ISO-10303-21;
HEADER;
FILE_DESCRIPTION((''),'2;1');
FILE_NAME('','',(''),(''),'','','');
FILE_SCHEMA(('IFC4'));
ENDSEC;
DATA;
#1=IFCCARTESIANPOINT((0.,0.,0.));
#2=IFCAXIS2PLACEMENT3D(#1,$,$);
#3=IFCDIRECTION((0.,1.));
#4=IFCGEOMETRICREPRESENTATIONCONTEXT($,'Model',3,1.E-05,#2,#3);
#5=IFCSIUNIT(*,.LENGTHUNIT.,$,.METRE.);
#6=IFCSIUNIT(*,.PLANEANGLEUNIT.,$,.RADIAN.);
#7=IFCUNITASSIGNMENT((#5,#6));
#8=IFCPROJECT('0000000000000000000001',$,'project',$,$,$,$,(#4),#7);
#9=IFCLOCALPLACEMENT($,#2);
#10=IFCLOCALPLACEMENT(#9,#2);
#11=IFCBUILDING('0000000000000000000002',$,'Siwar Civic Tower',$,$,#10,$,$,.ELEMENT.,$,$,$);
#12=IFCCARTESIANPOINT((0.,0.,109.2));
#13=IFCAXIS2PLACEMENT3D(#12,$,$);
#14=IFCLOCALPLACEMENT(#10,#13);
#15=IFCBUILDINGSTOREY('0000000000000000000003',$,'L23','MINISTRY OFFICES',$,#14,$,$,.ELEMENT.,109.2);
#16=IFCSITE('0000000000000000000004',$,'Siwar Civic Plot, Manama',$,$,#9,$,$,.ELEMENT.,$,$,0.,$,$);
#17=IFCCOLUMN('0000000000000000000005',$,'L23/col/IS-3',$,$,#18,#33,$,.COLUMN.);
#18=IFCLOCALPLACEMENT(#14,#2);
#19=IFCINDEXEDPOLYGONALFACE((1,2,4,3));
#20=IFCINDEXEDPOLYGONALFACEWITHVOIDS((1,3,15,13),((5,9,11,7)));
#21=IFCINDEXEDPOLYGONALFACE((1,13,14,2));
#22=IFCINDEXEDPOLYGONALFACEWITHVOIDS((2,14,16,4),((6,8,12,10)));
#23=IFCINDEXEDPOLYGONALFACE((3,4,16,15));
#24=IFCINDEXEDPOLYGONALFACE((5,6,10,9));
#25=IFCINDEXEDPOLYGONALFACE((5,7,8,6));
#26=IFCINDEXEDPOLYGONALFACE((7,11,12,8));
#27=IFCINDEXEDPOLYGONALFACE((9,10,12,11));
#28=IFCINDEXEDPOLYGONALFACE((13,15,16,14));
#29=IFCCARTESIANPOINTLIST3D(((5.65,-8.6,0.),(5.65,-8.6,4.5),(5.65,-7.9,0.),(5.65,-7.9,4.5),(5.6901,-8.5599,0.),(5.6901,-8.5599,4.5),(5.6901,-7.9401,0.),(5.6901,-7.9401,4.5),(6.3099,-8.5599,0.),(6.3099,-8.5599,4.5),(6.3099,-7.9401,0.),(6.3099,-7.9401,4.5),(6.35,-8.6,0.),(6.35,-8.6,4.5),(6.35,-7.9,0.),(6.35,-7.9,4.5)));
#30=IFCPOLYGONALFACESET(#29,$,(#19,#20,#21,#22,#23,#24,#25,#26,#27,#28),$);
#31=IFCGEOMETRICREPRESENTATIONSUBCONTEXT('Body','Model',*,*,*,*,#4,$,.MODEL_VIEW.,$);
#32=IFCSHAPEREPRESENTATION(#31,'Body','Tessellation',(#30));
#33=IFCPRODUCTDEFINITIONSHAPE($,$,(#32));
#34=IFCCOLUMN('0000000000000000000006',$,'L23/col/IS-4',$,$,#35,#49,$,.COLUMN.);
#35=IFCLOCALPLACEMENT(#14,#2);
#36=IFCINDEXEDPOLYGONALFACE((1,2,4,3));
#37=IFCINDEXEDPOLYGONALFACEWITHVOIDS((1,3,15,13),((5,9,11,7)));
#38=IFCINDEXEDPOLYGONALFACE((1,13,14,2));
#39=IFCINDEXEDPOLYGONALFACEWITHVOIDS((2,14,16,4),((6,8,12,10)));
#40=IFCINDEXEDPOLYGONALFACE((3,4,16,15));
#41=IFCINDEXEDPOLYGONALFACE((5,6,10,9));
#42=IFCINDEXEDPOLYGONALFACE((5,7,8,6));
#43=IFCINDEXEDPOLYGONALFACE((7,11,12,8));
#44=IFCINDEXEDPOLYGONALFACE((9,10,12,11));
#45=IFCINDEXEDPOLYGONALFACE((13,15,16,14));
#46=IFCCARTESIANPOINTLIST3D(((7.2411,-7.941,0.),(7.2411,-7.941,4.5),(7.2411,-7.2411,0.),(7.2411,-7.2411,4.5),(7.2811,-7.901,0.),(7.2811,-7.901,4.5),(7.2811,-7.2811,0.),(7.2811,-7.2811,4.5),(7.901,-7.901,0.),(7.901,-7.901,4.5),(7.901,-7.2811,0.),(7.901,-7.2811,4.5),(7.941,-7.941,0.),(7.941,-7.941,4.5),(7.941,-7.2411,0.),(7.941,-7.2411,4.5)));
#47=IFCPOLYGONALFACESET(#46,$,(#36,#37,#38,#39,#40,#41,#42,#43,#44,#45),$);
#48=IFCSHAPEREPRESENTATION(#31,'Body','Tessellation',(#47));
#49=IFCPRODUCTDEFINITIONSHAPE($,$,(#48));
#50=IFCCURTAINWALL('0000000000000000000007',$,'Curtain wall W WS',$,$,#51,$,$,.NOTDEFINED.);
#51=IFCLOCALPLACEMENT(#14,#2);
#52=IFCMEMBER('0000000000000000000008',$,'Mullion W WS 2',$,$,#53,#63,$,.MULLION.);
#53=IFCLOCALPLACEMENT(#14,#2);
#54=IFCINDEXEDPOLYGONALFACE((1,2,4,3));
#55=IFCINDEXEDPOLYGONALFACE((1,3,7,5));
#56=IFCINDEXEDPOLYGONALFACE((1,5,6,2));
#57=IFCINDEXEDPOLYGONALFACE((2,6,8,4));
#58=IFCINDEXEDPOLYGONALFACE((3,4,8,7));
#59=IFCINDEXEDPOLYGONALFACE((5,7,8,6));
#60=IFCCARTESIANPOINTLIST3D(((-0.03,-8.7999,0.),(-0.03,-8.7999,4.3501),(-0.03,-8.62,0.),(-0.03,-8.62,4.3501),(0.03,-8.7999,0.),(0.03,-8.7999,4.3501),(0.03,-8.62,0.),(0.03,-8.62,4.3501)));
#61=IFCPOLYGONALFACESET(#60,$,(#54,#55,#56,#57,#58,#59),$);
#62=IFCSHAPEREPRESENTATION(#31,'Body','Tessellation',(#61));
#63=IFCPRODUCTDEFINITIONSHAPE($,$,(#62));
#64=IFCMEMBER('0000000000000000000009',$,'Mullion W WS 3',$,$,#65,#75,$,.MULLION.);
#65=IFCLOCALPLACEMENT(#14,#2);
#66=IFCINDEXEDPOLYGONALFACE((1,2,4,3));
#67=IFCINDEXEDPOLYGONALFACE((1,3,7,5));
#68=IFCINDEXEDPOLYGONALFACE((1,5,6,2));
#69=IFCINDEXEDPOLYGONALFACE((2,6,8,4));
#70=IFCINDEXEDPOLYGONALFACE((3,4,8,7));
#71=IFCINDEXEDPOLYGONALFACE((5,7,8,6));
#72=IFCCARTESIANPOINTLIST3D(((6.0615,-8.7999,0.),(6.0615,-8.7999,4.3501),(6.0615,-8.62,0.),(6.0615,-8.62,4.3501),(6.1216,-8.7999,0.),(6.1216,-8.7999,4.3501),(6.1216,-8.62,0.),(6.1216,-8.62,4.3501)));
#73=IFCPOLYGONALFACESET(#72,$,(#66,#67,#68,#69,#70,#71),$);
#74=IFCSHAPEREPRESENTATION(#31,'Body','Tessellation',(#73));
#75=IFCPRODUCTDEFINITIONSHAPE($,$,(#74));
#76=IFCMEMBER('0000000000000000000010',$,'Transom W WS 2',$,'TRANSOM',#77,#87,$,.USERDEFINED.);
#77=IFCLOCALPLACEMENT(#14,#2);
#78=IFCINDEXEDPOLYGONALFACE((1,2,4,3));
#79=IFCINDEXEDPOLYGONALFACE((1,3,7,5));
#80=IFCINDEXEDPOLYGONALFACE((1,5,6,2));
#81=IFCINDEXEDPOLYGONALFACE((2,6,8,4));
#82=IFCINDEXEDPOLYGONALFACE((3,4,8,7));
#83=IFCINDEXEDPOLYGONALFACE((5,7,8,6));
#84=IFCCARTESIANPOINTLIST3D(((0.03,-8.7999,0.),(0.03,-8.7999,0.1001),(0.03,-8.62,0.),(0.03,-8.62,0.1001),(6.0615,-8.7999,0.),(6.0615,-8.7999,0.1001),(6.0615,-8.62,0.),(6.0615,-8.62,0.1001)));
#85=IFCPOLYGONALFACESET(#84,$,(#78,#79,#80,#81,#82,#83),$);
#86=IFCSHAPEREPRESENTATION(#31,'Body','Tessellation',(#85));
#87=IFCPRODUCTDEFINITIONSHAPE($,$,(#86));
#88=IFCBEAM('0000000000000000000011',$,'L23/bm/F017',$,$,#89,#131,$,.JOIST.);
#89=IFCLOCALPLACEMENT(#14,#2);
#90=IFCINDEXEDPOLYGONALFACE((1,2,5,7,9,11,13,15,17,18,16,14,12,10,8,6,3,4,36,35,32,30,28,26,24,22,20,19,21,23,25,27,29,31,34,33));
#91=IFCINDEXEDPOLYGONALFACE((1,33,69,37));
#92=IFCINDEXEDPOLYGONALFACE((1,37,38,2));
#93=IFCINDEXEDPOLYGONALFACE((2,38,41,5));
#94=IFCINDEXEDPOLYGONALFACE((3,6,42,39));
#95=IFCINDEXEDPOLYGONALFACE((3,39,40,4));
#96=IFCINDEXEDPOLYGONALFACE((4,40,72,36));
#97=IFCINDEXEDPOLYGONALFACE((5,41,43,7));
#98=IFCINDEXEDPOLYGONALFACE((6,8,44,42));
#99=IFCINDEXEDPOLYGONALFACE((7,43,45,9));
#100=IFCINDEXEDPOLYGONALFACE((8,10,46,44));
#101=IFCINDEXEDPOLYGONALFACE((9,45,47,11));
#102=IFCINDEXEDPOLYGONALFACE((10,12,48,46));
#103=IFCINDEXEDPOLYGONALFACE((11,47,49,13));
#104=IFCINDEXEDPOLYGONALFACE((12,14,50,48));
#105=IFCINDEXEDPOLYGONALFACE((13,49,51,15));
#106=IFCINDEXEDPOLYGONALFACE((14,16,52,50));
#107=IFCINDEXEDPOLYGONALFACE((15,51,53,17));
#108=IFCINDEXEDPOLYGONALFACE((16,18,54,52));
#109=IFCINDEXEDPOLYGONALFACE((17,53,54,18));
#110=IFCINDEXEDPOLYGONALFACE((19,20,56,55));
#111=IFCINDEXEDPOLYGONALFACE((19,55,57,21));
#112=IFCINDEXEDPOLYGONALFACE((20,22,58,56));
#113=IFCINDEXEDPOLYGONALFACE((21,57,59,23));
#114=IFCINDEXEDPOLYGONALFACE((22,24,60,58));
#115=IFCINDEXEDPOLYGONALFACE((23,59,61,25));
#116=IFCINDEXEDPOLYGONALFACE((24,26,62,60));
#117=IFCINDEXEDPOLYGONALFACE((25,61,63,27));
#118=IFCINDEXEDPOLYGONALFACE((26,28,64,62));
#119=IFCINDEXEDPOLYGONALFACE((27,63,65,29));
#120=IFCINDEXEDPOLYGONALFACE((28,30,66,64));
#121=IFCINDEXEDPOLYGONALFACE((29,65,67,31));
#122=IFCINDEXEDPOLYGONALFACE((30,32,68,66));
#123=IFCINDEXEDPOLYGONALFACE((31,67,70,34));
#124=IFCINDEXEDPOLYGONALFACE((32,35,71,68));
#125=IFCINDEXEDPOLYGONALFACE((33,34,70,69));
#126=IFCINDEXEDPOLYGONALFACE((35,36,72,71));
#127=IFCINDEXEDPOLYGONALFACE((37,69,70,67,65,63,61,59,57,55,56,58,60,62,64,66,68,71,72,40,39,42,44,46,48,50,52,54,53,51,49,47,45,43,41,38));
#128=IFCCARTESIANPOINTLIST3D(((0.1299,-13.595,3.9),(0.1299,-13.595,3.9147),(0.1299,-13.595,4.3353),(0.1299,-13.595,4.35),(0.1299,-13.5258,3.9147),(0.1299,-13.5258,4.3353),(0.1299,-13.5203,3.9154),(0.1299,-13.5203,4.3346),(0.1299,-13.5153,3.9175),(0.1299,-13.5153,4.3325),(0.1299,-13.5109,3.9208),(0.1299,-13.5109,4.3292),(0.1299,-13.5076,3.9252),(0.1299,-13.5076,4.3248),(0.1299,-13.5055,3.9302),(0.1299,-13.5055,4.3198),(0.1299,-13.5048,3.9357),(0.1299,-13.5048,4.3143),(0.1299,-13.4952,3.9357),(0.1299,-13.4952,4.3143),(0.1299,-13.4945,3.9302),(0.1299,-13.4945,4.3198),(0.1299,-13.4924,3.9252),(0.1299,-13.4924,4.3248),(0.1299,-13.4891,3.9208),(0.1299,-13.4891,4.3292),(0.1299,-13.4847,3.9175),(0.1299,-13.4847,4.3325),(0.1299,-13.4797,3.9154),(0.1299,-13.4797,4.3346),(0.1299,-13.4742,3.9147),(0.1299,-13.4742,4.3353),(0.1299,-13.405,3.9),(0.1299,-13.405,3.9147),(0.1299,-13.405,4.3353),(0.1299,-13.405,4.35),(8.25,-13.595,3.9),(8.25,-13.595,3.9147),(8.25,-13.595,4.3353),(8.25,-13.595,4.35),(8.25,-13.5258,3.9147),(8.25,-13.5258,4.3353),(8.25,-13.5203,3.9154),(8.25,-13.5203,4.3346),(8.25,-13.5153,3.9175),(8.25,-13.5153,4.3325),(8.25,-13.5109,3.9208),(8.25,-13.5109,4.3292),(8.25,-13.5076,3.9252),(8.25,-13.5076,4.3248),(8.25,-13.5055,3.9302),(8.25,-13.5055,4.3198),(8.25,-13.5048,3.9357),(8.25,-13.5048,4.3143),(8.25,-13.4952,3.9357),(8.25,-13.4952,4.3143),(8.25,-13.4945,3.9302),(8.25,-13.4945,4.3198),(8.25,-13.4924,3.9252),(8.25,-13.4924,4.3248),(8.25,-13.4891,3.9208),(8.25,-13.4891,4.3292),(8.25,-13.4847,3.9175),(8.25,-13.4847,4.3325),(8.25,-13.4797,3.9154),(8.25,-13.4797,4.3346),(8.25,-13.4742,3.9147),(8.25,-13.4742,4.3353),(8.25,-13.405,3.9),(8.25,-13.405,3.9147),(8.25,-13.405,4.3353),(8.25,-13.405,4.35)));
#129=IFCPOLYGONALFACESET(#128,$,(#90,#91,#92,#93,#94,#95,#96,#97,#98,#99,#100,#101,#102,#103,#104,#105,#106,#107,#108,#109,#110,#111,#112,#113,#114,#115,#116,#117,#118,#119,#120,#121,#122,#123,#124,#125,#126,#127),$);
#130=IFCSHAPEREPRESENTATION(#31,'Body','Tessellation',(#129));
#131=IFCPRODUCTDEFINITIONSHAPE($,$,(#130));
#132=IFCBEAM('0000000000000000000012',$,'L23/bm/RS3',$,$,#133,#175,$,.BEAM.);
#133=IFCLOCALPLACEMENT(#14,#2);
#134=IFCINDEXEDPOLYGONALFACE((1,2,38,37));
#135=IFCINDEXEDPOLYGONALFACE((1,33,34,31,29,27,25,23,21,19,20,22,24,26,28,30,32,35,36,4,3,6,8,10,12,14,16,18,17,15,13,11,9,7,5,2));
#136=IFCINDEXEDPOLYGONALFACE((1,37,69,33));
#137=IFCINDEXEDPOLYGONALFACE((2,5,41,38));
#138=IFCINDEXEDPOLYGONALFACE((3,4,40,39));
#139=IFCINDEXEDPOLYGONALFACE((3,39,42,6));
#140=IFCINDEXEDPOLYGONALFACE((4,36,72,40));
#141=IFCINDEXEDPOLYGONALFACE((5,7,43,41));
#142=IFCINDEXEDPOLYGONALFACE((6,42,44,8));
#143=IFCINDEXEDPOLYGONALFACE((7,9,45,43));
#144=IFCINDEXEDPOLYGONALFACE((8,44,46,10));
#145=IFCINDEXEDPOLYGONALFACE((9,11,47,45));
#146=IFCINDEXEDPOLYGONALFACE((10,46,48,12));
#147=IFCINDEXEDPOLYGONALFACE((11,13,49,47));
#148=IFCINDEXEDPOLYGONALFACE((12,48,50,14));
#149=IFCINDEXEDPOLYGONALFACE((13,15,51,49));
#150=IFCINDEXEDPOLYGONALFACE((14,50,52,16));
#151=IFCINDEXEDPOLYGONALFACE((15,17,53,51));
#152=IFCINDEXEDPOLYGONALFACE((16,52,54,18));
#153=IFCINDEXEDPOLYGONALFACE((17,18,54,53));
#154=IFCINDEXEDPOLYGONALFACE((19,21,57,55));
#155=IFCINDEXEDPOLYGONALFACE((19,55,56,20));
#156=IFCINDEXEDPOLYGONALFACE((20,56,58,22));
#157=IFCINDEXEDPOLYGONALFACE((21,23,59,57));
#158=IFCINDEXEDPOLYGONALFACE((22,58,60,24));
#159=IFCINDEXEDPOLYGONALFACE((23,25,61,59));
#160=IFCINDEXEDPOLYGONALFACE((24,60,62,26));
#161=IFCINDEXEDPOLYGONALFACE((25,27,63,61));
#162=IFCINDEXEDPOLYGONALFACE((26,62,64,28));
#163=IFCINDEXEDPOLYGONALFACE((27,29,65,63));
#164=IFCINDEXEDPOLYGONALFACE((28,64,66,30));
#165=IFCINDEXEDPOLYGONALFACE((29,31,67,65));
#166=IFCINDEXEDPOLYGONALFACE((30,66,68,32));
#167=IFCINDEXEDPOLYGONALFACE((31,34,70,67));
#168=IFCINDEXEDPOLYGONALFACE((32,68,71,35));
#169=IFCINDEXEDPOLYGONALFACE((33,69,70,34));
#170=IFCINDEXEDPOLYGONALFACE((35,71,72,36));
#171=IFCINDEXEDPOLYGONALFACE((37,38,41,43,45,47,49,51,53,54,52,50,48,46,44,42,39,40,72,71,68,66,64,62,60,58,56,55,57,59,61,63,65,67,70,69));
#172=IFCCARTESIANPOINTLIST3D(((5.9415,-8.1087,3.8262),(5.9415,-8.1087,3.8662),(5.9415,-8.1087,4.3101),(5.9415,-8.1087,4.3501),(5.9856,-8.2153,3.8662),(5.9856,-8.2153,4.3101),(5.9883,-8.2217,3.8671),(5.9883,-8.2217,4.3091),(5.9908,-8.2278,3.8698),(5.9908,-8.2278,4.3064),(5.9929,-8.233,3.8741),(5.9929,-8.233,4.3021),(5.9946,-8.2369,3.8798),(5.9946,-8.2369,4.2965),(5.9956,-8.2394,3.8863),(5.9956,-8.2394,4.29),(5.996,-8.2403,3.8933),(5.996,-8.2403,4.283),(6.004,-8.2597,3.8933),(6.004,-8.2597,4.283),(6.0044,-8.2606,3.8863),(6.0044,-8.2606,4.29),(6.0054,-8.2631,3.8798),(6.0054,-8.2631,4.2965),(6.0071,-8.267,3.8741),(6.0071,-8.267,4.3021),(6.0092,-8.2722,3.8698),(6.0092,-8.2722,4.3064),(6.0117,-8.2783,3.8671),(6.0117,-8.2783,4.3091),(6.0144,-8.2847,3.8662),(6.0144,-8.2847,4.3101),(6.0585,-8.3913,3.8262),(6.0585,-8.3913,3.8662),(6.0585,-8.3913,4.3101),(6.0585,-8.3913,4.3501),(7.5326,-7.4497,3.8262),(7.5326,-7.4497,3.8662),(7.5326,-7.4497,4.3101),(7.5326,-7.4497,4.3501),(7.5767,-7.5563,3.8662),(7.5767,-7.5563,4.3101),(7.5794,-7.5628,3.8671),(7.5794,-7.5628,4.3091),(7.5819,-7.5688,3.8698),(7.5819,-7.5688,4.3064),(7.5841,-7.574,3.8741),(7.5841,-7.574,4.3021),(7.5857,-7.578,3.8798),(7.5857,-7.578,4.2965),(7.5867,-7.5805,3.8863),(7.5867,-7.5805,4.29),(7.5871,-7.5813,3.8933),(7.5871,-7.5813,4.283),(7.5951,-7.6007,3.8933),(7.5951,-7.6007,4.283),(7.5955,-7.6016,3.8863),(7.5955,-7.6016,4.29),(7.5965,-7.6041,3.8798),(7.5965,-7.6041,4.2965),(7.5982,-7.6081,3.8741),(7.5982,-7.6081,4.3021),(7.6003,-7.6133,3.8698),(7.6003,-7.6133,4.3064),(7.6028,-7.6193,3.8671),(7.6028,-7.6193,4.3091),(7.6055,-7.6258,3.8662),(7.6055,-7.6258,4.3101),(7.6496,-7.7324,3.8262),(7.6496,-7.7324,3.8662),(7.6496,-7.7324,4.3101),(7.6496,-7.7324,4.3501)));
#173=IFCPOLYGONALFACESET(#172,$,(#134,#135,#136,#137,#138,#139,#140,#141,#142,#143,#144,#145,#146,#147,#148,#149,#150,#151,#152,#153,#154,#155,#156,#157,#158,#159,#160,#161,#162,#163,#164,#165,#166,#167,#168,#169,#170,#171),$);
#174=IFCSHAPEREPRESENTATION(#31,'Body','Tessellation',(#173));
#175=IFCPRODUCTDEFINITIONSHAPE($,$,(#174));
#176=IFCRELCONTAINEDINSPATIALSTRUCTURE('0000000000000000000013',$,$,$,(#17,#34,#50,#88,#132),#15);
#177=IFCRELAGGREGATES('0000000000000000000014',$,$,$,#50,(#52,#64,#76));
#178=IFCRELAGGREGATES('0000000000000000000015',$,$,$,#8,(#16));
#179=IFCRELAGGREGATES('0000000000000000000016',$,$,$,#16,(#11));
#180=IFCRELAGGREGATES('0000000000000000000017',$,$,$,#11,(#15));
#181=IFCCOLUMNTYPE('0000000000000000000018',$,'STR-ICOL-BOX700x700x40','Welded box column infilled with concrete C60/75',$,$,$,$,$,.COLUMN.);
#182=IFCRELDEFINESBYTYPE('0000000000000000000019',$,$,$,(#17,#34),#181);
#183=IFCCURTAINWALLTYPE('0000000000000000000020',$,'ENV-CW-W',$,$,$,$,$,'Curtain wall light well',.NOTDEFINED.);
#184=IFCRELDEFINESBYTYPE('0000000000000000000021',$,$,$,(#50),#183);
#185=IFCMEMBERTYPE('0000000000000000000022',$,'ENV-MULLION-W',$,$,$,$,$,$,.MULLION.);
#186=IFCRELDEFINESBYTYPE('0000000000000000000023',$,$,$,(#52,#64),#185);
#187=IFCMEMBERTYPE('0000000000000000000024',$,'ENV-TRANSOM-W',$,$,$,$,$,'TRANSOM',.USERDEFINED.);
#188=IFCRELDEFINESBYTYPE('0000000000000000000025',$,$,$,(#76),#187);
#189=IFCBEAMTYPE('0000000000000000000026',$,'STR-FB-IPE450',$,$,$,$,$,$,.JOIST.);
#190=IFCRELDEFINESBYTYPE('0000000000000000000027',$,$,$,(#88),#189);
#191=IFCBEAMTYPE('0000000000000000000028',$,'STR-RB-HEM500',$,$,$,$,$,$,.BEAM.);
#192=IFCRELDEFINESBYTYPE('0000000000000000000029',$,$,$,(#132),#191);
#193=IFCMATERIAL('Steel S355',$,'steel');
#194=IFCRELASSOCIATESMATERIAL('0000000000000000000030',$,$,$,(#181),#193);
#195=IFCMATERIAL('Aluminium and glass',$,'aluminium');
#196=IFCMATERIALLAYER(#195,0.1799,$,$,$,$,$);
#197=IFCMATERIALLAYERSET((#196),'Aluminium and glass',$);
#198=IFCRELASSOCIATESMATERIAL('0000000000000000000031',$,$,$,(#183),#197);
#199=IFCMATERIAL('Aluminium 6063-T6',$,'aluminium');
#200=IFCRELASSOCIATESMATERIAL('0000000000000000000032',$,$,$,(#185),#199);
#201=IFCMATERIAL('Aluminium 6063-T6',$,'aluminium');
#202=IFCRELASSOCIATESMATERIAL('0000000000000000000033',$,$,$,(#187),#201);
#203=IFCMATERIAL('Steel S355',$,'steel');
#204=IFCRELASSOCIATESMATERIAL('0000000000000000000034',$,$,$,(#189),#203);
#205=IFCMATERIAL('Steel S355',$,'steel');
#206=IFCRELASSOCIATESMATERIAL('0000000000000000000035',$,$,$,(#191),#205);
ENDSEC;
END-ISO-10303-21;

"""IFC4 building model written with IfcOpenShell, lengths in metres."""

from ifc_helpers import new_model, si_unit, direction, frame, origin, origin_2d, place, context, subcontext, project, spatial, rectangle, hollow_rectangle, i_section, extrude, material, layer, layer_set, material_profile, profile_set, type_object, element, aggregate, save


model = new_model("IFC4")

# Units and contexts
model_context = context("Model", 3, precision=1e-05, world=origin(), true_north=direction((0.0, 1.0)))
body_context = subcontext(model_context, "Body", "Model", "MODEL_VIEW")
ifc_project = project(units=[si_unit("LENGTHUNIT", "METRE"), si_unit("PLANEANGLEUNIT", "RADIAN")], contexts=[model_context])

# Site, building, storey
site_placement = place(None, origin())
site = spatial("IfcSite", under=ifc_project, at=site_placement, Name="Siwar Civic Plot, Manama", CompositionType="ELEMENT", RefElevation=0.0)
building_placement = place(site_placement, origin())
building = spatial("IfcBuilding", under=site, at=building_placement, Name="Siwar Civic Tower", CompositionType="ELEMENT")
storey_placement = place(building_placement, frame((0.0, 0.0, 109.2)))
storey = spatial("IfcBuildingStorey", under=building, at=storey_placement, Name="L23", Description="MINISTRY OFFICES", CompositionType="ELEMENT", Elevation=109.2)

# Columns
ifc_material_1 = material(Name="Steel S355", Category="steel")
ifc_material_profile_1 = material_profile(ifc_material_1, hollow_rectangle(XDim=0.7, YDim=0.7, WallThickness=0.04, at=origin_2d()), Name="BOX700x700x40")
ifc_profile_set_1 = profile_set([ifc_material_profile_1], Name="Steel S355")
column_type = type_object("IfcColumnType", Name="STR-ICOL-BOX700x700x40", Description="Welded box column infilled with concrete C60/75", PredefinedType="COLUMN", material=ifc_profile_set_1)
for number, where, z_axis, x_axis, name in (
    (1, (6.0, -8.25, 0.0), (0.0, 0.0, 1.0), (1.0, 0.0, 0.0), "L23/col/IS-3"),
    (2, (7.5911, -7.5911, 0.0), (0.0, 0.0, 1.0), (1.0, 0.0, 0.0), "L23/col/IS-4"),
):
    element("IfcColumn", number, at=place(storey_placement, frame(where, z_axis=z_axis, x_axis=x_axis)), inside=storey, type_object=column_type, Name=name, PredefinedType="COLUMN", context=body_context, shape_type="SweptSolid", body=[
        extrude(hollow_rectangle(XDim=0.7, YDim=0.7, WallThickness=0.04, at=origin_2d()), origin(), (0.0, 0.0, 1.0), 4.5),
    ])

# Curtain wall, members
ifc_material_2 = material(Name="Aluminium and glass", Category="aluminium")
ifc_layer_1 = layer(ifc_material_2, 0.1799)
ifc_layer_set_1 = layer_set([ifc_layer_1], Name="Aluminium and glass")
curtain_wall_type = type_object("IfcCurtainWallType", Name="ENV-CW-W", ElementType="Curtain wall light well", PredefinedType="NOTDEFINED", material=ifc_layer_set_1)
curtain_wall_placement = place(storey_placement, origin())
curtain_wall = element("IfcCurtainWall", 3, at=curtain_wall_placement, inside=storey, type_object=curtain_wall_type, Name="Curtain wall W WS", PredefinedType="NOTDEFINED")
ifc_material_3 = material(Name="Aluminium 6063-T6", Category="aluminium")
ifc_material_profile_2 = material_profile(ifc_material_3, rectangle(XDim=0.1799, YDim=0.0601, at=origin_2d()), Name="AL 180x60")
ifc_profile_set_2 = profile_set([ifc_material_profile_2], Name="Aluminium 6063-T6")
member_type_1 = type_object("IfcMemberType", Name="ENV-MULLION-W", PredefinedType="MULLION", material=ifc_profile_set_2)
member_1_placement = place(storey_placement, frame((0.0, -8.71, 0.0), z_axis=(0.0, 0.0, 1.0), x_axis=(0.0, 1.0, 0.0)))
member_1 = element("IfcMember", 4, at=member_1_placement, type_object=member_type_1, Name="Mullion W WS 2", PredefinedType="MULLION", context=body_context, shape_type="SweptSolid", body=[
    extrude(rectangle(XDim=0.1799, YDim=0.0601, at=origin_2d()), origin(), (0.0, 0.0, 1.0), 4.3501),
])
member_2_placement = place(storey_placement, frame((6.0916, -8.71, 0.0), z_axis=(0.0, 0.0, 1.0), x_axis=(0.0, 1.0, 0.0)))
member_2 = element("IfcMember", 5, at=member_2_placement, type_object=member_type_1, Name="Mullion W WS 3", PredefinedType="MULLION", context=body_context, shape_type="SweptSolid", body=[
    extrude(rectangle(XDim=0.1799, YDim=0.0601, at=origin_2d()), origin(), (0.0, 0.0, 1.0), 4.3501),
])
ifc_material_4 = material(Name="Aluminium 6063-T6", Category="aluminium")
ifc_material_profile_3 = material_profile(ifc_material_4, rectangle(XDim=0.1799, YDim=0.1001, at=origin_2d()), Name="AL 180x100")
ifc_profile_set_3 = profile_set([ifc_material_profile_3], Name="Aluminium 6063-T6")
member_type_2 = type_object("IfcMemberType", Name="ENV-TRANSOM-W", ElementType="TRANSOM", PredefinedType="USERDEFINED", material=ifc_profile_set_3)
member_3_placement = place(storey_placement, frame((0.03, -8.71, 0.05), z_axis=(1.0, 0.0, 0.0), x_axis=(0.0, 1.0, 0.0)))
member_3 = element("IfcMember", 6, at=member_3_placement, type_object=member_type_2, Name="Transom W WS 2", ObjectType="TRANSOM", PredefinedType="USERDEFINED", context=body_context, shape_type="SweptSolid", body=[
    extrude(rectangle(XDim=0.1799, YDim=0.1001, at=origin_2d()), origin(), (0.0, 0.0, 1.0), 6.0315),
])

# Beams
ifc_material_5 = material(Name="Steel S355", Category="steel")
ifc_material_profile_4 = material_profile(ifc_material_5, i_section(OverallWidth=0.1899, OverallDepth=0.45, WebThickness=0.0095, FlangeThickness=0.0146, FilletRadius=0.021, at=origin_2d()), Name="IPE450")
ifc_profile_set_4 = profile_set([ifc_material_profile_4], Name="Steel S355")
beam_type_1 = type_object("IfcBeamType", Name="STR-FB-IPE450", PredefinedType="JOIST", material=ifc_profile_set_4)
beam_placement = place(storey_placement, frame((0.1299, -13.5, 4.125), z_axis=(1.0, 0.0, 0.0), x_axis=(0.0, 1.0, 0.0)))
element("IfcBeam", 7, at=beam_placement, inside=storey, type_object=beam_type_1, Name="L23/bm/F017", PredefinedType="JOIST", context=body_context, shape_type="SweptSolid", body=[
    extrude(i_section(OverallWidth=0.1899, OverallDepth=0.45, WebThickness=0.0095, FlangeThickness=0.0146, FilletRadius=0.021, at=origin_2d()), origin(), (0.0, 0.0, 1.0), 8.1201),
])
ifc_material_6 = material(Name="Steel S355", Category="steel")
ifc_material_profile_5 = material_profile(ifc_material_6, i_section(OverallWidth=0.3059, OverallDepth=0.5239, WebThickness=0.021, FlangeThickness=0.04, FilletRadius=0.0271, at=origin_2d()), Name="HEM500")
ifc_profile_set_5 = profile_set([ifc_material_profile_5], Name="Steel S355")
beam_type_2 = type_object("IfcBeamType", Name="STR-RB-HEM500", PredefinedType="BEAM", material=ifc_profile_set_5)
for number, where, z_axis, x_axis, name in (
    (8, (6.0, -8.25, 4.0881), (0.923901, 0.382631, 0.0), (-0.382631, 0.923901, 0.0), "L23/bm/RS3"),
):
    element("IfcBeam", number, at=place(storey_placement, frame(where, z_axis=z_axis, x_axis=x_axis)), inside=storey, type_object=beam_type_2, Name=name, PredefinedType="BEAM", context=body_context, shape_type="SweptSolid", body=[
        extrude(i_section(OverallWidth=0.3059, OverallDepth=0.5239, WebThickness=0.021, FlangeThickness=0.04, FilletRadius=0.0271, at=origin_2d()), origin(), (0.0, 0.0, 1.0), 1.7222),
    ])

aggregate(curtain_wall, [member_1, member_2, member_3])

save(model, "model.ifc")
